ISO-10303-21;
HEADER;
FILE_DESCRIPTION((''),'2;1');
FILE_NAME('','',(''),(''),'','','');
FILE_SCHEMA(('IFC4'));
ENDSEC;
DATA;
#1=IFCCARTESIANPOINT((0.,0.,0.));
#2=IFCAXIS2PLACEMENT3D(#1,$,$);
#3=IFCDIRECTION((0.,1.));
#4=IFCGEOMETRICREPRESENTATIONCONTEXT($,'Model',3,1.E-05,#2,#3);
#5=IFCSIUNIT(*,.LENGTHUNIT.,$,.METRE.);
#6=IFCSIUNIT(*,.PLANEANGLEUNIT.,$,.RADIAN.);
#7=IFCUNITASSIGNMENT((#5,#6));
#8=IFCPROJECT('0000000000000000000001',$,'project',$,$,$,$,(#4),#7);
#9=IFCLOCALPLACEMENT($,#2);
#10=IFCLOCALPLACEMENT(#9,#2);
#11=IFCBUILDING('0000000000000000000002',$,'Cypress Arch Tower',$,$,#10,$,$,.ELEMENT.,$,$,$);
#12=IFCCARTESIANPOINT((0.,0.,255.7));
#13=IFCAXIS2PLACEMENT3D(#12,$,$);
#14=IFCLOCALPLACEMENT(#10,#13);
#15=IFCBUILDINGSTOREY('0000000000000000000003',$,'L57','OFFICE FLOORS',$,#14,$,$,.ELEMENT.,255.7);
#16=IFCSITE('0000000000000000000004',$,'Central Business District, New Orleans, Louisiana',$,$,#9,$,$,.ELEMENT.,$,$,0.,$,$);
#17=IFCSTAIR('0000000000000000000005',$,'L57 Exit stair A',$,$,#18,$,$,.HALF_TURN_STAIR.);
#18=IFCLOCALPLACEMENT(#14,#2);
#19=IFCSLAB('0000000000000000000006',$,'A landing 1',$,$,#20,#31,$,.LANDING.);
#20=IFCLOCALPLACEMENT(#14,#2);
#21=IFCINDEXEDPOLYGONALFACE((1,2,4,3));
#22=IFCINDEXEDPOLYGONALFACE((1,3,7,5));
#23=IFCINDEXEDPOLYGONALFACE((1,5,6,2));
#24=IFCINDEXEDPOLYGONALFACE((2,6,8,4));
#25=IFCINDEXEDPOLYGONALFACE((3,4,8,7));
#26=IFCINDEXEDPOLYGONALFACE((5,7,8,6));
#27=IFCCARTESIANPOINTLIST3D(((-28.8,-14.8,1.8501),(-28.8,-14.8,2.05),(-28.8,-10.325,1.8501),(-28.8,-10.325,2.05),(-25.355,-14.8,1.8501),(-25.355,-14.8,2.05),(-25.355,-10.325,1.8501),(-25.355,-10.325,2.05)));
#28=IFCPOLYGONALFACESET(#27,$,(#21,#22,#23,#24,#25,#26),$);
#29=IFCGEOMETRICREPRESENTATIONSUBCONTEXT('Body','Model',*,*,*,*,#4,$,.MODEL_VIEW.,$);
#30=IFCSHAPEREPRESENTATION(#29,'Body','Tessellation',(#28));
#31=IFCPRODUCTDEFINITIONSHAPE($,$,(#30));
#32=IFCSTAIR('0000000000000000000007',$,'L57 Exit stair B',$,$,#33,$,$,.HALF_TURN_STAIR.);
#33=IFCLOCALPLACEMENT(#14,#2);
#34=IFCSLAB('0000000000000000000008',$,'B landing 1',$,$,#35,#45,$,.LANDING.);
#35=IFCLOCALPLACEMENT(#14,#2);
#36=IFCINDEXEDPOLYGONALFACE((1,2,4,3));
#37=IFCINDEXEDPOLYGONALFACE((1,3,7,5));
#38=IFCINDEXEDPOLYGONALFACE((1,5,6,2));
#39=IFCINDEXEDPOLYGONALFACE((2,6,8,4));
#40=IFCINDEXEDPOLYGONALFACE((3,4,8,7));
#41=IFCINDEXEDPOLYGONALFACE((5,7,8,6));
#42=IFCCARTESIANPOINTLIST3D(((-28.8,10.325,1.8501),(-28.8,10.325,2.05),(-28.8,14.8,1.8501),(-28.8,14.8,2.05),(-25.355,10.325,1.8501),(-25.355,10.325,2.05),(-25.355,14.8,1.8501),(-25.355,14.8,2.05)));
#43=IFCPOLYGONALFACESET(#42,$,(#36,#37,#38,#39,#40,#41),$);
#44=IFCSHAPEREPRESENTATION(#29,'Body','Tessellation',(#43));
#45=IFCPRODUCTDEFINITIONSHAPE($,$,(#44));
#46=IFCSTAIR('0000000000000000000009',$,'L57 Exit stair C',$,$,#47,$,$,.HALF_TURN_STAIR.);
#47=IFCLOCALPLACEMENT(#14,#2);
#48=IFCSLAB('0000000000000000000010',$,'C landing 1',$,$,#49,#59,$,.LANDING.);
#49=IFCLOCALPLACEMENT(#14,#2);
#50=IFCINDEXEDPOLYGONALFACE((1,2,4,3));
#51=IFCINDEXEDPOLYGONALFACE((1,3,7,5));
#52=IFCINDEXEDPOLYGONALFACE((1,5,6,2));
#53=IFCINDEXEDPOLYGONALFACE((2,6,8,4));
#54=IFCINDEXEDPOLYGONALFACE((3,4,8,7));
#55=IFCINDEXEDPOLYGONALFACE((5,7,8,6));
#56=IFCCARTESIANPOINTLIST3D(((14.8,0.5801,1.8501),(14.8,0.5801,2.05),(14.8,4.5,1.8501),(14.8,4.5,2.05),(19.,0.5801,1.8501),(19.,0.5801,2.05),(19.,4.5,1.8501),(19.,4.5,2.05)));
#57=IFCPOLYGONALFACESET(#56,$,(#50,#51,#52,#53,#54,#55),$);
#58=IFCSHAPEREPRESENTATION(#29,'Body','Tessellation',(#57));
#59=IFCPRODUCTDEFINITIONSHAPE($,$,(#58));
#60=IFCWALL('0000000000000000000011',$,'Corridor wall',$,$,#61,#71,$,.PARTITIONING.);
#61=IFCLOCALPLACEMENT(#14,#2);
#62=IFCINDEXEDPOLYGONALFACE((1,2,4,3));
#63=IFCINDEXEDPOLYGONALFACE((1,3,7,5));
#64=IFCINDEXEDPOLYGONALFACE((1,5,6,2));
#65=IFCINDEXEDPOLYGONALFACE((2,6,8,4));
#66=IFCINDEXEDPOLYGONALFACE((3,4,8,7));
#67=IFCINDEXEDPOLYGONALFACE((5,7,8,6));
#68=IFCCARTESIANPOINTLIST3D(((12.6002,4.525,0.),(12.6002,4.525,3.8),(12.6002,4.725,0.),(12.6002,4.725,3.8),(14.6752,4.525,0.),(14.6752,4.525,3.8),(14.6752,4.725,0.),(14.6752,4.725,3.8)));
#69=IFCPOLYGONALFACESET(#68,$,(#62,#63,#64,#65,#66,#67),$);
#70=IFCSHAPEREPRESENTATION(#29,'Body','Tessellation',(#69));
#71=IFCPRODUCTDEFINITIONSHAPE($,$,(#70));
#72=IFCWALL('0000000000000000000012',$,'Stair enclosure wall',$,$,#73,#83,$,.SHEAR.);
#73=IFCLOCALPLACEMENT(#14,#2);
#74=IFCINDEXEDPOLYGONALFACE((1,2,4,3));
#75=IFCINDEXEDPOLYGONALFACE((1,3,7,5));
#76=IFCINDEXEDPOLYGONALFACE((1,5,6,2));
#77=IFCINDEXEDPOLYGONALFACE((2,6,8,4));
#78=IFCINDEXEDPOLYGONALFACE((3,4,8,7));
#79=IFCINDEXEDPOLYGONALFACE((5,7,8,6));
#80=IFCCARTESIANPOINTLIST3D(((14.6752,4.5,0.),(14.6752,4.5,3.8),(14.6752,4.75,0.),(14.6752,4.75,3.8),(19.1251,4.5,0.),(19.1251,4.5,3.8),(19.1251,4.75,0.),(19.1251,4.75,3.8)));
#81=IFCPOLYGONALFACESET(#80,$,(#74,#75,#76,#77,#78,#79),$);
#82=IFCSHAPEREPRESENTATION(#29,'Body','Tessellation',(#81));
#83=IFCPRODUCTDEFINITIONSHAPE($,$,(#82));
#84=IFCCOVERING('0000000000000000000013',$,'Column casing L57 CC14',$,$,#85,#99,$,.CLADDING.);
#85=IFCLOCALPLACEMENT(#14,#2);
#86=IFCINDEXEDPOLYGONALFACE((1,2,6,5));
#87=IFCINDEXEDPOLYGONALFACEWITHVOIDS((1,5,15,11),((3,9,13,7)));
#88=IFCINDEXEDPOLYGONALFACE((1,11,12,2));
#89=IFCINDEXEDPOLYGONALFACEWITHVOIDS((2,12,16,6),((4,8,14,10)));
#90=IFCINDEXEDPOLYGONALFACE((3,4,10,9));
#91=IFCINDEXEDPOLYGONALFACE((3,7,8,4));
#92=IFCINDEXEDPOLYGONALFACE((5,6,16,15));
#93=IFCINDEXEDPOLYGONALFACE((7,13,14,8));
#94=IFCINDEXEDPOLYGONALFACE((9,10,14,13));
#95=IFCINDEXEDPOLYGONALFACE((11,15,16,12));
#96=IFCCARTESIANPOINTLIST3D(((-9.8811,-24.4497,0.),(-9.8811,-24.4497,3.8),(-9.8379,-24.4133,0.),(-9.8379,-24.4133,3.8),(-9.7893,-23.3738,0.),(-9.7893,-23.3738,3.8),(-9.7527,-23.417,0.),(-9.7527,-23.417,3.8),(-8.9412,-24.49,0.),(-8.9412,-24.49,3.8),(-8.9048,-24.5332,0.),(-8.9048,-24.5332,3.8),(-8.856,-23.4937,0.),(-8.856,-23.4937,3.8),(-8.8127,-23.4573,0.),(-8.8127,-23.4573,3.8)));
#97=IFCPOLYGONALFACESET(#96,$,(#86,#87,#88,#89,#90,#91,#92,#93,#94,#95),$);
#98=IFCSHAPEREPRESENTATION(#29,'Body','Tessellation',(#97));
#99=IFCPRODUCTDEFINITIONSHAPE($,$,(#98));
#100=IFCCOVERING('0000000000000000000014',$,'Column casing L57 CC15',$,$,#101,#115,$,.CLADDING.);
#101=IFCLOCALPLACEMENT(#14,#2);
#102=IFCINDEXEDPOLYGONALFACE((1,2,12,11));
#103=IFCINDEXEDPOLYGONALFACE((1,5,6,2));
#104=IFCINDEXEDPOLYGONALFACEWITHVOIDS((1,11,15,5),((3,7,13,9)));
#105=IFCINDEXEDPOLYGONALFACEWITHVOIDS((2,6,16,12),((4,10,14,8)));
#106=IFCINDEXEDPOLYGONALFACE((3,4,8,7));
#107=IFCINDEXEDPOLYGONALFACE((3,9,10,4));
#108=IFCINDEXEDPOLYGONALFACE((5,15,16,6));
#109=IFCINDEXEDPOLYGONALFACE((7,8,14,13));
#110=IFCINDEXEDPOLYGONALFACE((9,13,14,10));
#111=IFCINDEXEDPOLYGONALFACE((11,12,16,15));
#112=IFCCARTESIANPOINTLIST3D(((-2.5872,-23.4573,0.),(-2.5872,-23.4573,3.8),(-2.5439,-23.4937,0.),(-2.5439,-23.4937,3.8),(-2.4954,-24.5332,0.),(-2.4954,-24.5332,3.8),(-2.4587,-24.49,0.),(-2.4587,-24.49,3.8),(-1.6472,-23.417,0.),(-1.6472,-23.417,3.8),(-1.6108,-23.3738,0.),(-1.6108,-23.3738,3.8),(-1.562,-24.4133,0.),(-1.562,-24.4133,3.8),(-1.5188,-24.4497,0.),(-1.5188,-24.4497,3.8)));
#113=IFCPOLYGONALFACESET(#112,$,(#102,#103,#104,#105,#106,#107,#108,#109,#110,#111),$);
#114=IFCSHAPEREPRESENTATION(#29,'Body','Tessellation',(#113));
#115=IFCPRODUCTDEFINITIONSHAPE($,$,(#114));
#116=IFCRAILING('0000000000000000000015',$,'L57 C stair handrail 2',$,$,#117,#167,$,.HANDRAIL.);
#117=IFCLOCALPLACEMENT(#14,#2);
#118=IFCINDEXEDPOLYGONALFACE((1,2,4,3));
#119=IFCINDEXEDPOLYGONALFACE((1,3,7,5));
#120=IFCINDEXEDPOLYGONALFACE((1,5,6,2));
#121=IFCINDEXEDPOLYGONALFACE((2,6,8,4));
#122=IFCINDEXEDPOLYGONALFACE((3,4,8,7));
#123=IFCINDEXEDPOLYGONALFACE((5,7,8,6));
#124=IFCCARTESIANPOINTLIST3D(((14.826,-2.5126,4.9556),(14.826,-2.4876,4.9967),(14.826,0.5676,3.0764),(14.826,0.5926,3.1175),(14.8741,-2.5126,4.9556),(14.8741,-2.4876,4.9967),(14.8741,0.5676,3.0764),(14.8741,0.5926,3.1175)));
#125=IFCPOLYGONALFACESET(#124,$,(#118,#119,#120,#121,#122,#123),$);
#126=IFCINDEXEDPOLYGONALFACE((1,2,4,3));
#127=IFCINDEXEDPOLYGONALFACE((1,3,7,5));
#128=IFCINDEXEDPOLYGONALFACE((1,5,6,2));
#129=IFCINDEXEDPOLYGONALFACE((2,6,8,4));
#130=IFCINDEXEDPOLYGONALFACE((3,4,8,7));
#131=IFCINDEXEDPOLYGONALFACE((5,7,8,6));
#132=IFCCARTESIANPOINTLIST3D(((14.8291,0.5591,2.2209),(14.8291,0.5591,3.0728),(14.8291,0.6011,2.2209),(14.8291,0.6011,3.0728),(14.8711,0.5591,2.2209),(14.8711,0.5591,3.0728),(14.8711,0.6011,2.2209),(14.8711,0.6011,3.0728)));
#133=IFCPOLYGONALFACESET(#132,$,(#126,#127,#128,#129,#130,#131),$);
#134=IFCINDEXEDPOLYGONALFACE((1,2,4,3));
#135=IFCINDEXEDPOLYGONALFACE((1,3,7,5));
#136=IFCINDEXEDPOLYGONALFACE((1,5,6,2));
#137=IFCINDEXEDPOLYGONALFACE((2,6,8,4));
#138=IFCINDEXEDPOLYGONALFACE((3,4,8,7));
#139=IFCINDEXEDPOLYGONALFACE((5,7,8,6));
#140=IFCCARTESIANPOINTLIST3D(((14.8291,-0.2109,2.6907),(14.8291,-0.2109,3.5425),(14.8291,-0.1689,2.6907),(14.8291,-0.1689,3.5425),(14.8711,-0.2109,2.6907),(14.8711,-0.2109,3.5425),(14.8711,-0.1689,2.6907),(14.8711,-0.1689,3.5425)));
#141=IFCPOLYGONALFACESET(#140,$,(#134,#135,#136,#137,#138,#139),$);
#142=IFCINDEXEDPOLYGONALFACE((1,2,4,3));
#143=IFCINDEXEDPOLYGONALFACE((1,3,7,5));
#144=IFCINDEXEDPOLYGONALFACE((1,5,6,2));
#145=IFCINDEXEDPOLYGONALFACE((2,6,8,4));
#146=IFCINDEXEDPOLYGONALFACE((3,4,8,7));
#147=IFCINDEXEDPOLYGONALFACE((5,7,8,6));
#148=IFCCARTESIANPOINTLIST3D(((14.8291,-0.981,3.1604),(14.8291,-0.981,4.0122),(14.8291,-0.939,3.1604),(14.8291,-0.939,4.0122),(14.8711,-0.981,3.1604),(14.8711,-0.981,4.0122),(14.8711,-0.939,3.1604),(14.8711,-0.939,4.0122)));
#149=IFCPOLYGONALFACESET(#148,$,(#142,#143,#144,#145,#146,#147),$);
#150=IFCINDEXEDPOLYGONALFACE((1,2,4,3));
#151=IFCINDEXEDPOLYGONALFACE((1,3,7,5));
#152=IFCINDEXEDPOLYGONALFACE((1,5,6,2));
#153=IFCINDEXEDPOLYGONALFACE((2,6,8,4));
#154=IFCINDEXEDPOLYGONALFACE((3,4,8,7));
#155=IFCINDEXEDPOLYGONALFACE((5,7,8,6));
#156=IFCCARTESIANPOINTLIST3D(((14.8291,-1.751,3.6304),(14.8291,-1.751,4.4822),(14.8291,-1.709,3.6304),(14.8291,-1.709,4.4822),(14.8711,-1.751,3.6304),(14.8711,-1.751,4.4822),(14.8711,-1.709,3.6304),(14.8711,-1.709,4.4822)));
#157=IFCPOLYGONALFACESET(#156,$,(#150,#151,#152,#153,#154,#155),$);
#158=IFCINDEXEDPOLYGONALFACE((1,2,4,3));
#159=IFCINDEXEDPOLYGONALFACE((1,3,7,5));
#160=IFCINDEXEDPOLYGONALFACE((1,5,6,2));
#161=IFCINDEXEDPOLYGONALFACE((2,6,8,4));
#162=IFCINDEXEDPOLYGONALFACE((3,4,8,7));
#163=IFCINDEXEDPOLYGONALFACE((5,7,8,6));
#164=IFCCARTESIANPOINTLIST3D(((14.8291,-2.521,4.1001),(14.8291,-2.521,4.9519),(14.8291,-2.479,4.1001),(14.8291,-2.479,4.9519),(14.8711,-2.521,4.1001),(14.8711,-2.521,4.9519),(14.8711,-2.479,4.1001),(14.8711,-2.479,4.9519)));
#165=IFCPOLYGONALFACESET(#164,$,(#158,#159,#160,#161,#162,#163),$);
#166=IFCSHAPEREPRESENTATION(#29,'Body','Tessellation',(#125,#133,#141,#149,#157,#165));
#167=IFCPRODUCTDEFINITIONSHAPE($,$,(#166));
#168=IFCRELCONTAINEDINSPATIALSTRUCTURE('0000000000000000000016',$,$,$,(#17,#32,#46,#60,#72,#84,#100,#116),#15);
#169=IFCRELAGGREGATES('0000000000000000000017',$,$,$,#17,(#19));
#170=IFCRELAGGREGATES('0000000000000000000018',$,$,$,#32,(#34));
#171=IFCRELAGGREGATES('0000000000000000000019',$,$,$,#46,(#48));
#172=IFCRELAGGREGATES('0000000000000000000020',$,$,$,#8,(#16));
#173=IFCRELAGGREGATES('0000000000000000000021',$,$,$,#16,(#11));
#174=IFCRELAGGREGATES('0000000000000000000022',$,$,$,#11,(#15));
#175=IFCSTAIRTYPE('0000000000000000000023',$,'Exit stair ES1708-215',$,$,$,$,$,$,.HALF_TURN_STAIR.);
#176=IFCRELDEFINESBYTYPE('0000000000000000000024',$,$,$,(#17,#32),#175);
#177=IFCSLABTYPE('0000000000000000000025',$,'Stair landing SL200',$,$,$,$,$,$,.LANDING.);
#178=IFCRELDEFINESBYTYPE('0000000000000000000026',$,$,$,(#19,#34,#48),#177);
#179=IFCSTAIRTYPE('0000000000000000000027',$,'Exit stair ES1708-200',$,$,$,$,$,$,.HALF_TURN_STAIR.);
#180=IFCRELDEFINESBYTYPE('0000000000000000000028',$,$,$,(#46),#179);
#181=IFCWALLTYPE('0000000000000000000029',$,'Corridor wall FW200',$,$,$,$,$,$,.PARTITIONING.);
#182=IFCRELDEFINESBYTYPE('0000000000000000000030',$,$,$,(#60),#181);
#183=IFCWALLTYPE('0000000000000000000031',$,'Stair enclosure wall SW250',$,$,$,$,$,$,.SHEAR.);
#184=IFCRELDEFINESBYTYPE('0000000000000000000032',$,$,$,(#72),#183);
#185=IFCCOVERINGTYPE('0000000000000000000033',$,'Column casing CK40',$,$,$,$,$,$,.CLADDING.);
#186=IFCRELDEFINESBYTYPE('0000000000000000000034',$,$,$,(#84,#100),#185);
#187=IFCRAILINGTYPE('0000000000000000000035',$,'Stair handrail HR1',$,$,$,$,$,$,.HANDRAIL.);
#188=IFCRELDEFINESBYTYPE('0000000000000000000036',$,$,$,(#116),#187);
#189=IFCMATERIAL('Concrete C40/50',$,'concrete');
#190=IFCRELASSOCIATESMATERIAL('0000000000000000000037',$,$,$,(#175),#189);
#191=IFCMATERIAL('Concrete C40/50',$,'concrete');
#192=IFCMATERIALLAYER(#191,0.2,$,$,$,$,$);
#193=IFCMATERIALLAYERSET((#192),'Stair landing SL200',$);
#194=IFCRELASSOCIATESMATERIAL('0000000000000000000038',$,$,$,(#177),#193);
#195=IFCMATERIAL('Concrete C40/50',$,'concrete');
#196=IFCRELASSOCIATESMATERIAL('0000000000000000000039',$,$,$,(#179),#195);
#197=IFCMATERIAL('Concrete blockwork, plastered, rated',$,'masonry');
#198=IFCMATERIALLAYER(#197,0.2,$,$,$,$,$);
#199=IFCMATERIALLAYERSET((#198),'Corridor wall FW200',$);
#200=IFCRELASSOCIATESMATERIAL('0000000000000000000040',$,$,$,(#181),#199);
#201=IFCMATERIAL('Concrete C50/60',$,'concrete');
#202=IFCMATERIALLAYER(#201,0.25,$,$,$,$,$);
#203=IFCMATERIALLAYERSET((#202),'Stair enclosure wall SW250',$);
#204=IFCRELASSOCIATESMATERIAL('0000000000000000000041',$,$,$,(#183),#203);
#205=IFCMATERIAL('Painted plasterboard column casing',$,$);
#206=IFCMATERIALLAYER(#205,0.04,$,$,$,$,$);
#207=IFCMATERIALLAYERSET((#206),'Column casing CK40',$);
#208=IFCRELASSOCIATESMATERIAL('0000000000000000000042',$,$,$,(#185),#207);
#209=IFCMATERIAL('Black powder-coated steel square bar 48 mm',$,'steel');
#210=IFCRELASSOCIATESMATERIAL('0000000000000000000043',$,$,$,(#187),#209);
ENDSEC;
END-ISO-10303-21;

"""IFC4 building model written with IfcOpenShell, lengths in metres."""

from ifc_helpers import new_model, si_unit, direction, frame, frame_2d, origin, origin_2d, place, context, subcontext, project, spatial, polyline, rectangle, outline, extrude, material, layer, layer_set, type_object, element, aggregate, save


model = new_model("IFC4")

# Units and contexts
model_context = context("Model", 3, precision=1e-05, world=origin(), true_north=direction((0.0, 1.0)))
body_context = subcontext(model_context, "Body", "Model", "MODEL_VIEW")
ifc_project = project(units=[si_unit("LENGTHUNIT", "METRE"), si_unit("PLANEANGLEUNIT", "RADIAN")], contexts=[model_context])

# Site, building, storey
site_placement = place(None, origin())
site = spatial("IfcSite", under=ifc_project, at=site_placement, Name="Central Business District, New Orleans, Louisiana", CompositionType="ELEMENT", RefElevation=0.0)
building_placement = place(site_placement, origin())
building = spatial("IfcBuilding", under=site, at=building_placement, Name="Cypress Arch Tower", CompositionType="ELEMENT")
storey_placement = place(building_placement, frame((0.0, 0.0, 255.7)))
storey = spatial("IfcBuildingStorey", under=building, at=storey_placement, Name="L57", Description="OFFICE FLOORS", CompositionType="ELEMENT", Elevation=255.7)

# Stairs, slabs
ifc_material_1 = material(Name="Concrete C40/50", Category="concrete")
stair_type_1 = type_object("IfcStairType", Name="Exit stair ES1708-215", PredefinedType="HALF_TURN_STAIR", material=ifc_material_1)
stair_1_placement = place(storey_placement, origin())
stair_1 = element("IfcStair", 1, at=stair_1_placement, inside=storey, type_object=stair_type_1, Name="L57 Exit stair A", PredefinedType="HALF_TURN_STAIR")
ifc_material_2 = material(Name="Concrete C40/50", Category="concrete")
ifc_layer_1 = layer(ifc_material_2, 0.2)
ifc_layer_set_1 = layer_set([ifc_layer_1], Name="Stair landing SL200")
slab_type_1 = type_object("IfcSlabType", Name="Stair landing SL200", PredefinedType="LANDING", material=ifc_layer_set_1)
slab_1_placement = place(storey_placement, frame((0.0, 0.0, 1.8501)))
slab_1 = element("IfcSlab", 2, at=slab_1_placement, type_object=slab_type_1, Name="A landing 1", PredefinedType="LANDING", context=body_context, shape_type="SweptSolid", body=[
    extrude(outline(polyline([(-25.355, -10.325), (-28.8, -10.325), (-28.8, -14.8), (-25.355, -14.8), (-25.355, -10.325)])), origin(), (0.0, 0.0, 1.0), 0.2),
])
aggregate(stair_1, [slab_1])
stair_2_placement = place(storey_placement, origin())
stair_2 = element("IfcStair", 3, at=stair_2_placement, inside=storey, type_object=stair_type_1, Name="L57 Exit stair B", PredefinedType="HALF_TURN_STAIR")
slab_2_placement = place(storey_placement, frame((0.0, 0.0, 1.8501)))
slab_2 = element("IfcSlab", 4, at=slab_2_placement, type_object=slab_type_1, Name="B landing 1", PredefinedType="LANDING", context=body_context, shape_type="SweptSolid", body=[
    extrude(outline(polyline([(-25.355, 14.8), (-28.8, 14.8), (-28.8, 10.325), (-25.355, 10.325), (-25.355, 14.8)])), origin(), (0.0, 0.0, 1.0), 0.2),
])
aggregate(stair_2, [slab_2])
ifc_material_3 = material(Name="Concrete C40/50", Category="concrete")
stair_type_2 = type_object("IfcStairType", Name="Exit stair ES1708-200", PredefinedType="HALF_TURN_STAIR", material=ifc_material_3)
stair_3_placement = place(storey_placement, origin())
stair_3 = element("IfcStair", 5, at=stair_3_placement, inside=storey, type_object=stair_type_2, Name="L57 Exit stair C", PredefinedType="HALF_TURN_STAIR")
slab_3_placement = place(storey_placement, frame((0.0, 0.0, 1.8501)))
slab_3 = element("IfcSlab", 6, at=slab_3_placement, type_object=slab_type_1, Name="C landing 1", PredefinedType="LANDING", context=body_context, shape_type="SweptSolid", body=[
    extrude(outline(polyline([(19.0, 0.5801), (19.0, 4.5), (14.8, 4.5), (14.8, 0.5801), (19.0, 0.5801)])), origin(), (0.0, 0.0, 1.0), 0.2),
])
aggregate(stair_3, [slab_3])

# Walls
ifc_material_4 = material(Name="Concrete blockwork, plastered, rated", Category="masonry")
ifc_layer_2 = layer(ifc_material_4, 0.2)
ifc_layer_set_2 = layer_set([ifc_layer_2], Name="Corridor wall FW200")
wall_type_1 = type_object("IfcWallType", Name="Corridor wall FW200", PredefinedType="PARTITIONING", material=ifc_layer_set_2)
wall_1_placement = place(storey_placement, frame((12.6001, 4.625, 0.0), z_axis=(0.0, 0.0, 1.0), x_axis=(1.0, 0.0, 0.0)))
element("IfcWall", 7, at=wall_1_placement, inside=storey, type_object=wall_type_1, Name="Corridor wall", PredefinedType="PARTITIONING", context=body_context, shape_type="SweptSolid", body=[
    extrude(rectangle(XDim=2.075, YDim=0.2, at=frame_2d((1.0376, 0.0))), origin(), (0.0, 0.0, 1.0), 3.8),
])
ifc_material_5 = material(Name="Concrete C50/60", Category="concrete")
ifc_layer_3 = layer(ifc_material_5, 0.25)
ifc_layer_set_3 = layer_set([ifc_layer_3], Name="Stair enclosure wall SW250")
wall_type_2 = type_object("IfcWallType", Name="Stair enclosure wall SW250", PredefinedType="SHEAR", material=ifc_layer_set_3)
wall_2_placement = place(storey_placement, frame((14.675, 4.625, 0.0), z_axis=(0.0, 0.0, 1.0), x_axis=(1.0, 0.0, 0.0)))
element("IfcWall", 8, at=wall_2_placement, inside=storey, type_object=wall_type_2, Name="Stair enclosure wall", PredefinedType="SHEAR", context=body_context, shape_type="SweptSolid", body=[
    extrude(rectangle(XDim=4.45, YDim=0.25, at=frame_2d((2.2251, 0.0))), origin(), (0.0, 0.0, 1.0), 3.8),
])

# Coverings
ifc_material_6 = material(Name="Painted plasterboard column casing")
ifc_layer_4 = layer(ifc_material_6, 0.04)
ifc_layer_set_4 = layer_set([ifc_layer_4], Name="Column casing CK40")
covering_type_1 = type_object("IfcCoveringType", Name="Column casing CK40", PredefinedType="CLADDING", material=ifc_layer_set_4)
covering_1_placement = place(storey_placement, origin())
element("IfcCovering", 9, at=covering_1_placement, inside=storey, type_object=covering_type_1, Name="Column casing L57 CC14", PredefinedType="CLADDING", context=body_context, shape_type="SweptSolid", body=[
    extrude(outline(polyline([(-9.8811, -24.4497), (-9.7893, -23.3738), (-8.8127, -23.4573), (-8.9048, -24.5332), (-9.8811, -24.4497)]), holes=[polyline([(-9.8379, -24.4133), (-8.9412, -24.49), (-8.856, -23.4937), (-9.7527, -23.417), (-9.8379, -24.4133)])]), origin(), (0.0, 0.0, 1.0), 3.8),
])
covering_2_placement = place(storey_placement, origin())
element("IfcCovering", 10, at=covering_2_placement, inside=storey, type_object=covering_type_1, Name="Column casing L57 CC15", PredefinedType="CLADDING", context=body_context, shape_type="SweptSolid", body=[
    extrude(outline(polyline([(-2.4954, -24.5332), (-2.5872, -23.4573), (-1.6108, -23.3738), (-1.5188, -24.4497), (-2.4954, -24.5332)]), holes=[polyline([(-2.4587, -24.49), (-1.562, -24.4133), (-1.6472, -23.417), (-2.5439, -23.4937), (-2.4587, -24.49)])]), origin(), (0.0, 0.0, 1.0), 3.8),
])

# Railing
ifc_material_7 = material(Name="Black powder-coated steel square bar 48 mm", Category="steel")
railing_type_1 = type_object("IfcRailingType", Name="Stair handrail HR1", PredefinedType="HANDRAIL", material=ifc_material_7)
railing_1_placement = place(storey_placement, frame((14.8501, 0.5801, 2.2209)))
element("IfcRailing", 11, at=railing_1_placement, inside=storey, type_object=railing_type_1, Name="L57 C stair handrail 2", PredefinedType="HANDRAIL", context=body_context, shape_type="SweptSolid", body=[
    extrude(rectangle(XDim=0.0481, YDim=0.0481, at=origin_2d()), frame((0.0, 0.0, 0.876), z_axis=(0.0, -0.853666, 0.52082), x_axis=(1.0, 0.0, 0.0)), (0.0, 0.0, 1.0), 3.6082),
    extrude(rectangle(XDim=0.042, YDim=0.042, at=origin_2d()), origin(), (0.0, 0.0, 1.0), 0.8518),
    extrude(rectangle(XDim=0.042, YDim=0.042, at=origin_2d()), frame((0.0, -0.77, 0.4697)), (0.0, 0.0, 1.0), 0.8518),
    extrude(rectangle(XDim=0.042, YDim=0.042, at=origin_2d()), frame((0.0, -1.54, 0.9395)), (0.0, 0.0, 1.0), 0.8518),
    extrude(rectangle(XDim=0.042, YDim=0.042, at=origin_2d()), frame((0.0, -2.3101, 1.4094)), (0.0, 0.0, 1.0), 0.8518),
    extrude(rectangle(XDim=0.042, YDim=0.042, at=origin_2d()), frame((0.0, -3.0801, 1.8792)), (0.0, 0.0, 1.0), 0.8518),
])

save(model, "model.ifc")
